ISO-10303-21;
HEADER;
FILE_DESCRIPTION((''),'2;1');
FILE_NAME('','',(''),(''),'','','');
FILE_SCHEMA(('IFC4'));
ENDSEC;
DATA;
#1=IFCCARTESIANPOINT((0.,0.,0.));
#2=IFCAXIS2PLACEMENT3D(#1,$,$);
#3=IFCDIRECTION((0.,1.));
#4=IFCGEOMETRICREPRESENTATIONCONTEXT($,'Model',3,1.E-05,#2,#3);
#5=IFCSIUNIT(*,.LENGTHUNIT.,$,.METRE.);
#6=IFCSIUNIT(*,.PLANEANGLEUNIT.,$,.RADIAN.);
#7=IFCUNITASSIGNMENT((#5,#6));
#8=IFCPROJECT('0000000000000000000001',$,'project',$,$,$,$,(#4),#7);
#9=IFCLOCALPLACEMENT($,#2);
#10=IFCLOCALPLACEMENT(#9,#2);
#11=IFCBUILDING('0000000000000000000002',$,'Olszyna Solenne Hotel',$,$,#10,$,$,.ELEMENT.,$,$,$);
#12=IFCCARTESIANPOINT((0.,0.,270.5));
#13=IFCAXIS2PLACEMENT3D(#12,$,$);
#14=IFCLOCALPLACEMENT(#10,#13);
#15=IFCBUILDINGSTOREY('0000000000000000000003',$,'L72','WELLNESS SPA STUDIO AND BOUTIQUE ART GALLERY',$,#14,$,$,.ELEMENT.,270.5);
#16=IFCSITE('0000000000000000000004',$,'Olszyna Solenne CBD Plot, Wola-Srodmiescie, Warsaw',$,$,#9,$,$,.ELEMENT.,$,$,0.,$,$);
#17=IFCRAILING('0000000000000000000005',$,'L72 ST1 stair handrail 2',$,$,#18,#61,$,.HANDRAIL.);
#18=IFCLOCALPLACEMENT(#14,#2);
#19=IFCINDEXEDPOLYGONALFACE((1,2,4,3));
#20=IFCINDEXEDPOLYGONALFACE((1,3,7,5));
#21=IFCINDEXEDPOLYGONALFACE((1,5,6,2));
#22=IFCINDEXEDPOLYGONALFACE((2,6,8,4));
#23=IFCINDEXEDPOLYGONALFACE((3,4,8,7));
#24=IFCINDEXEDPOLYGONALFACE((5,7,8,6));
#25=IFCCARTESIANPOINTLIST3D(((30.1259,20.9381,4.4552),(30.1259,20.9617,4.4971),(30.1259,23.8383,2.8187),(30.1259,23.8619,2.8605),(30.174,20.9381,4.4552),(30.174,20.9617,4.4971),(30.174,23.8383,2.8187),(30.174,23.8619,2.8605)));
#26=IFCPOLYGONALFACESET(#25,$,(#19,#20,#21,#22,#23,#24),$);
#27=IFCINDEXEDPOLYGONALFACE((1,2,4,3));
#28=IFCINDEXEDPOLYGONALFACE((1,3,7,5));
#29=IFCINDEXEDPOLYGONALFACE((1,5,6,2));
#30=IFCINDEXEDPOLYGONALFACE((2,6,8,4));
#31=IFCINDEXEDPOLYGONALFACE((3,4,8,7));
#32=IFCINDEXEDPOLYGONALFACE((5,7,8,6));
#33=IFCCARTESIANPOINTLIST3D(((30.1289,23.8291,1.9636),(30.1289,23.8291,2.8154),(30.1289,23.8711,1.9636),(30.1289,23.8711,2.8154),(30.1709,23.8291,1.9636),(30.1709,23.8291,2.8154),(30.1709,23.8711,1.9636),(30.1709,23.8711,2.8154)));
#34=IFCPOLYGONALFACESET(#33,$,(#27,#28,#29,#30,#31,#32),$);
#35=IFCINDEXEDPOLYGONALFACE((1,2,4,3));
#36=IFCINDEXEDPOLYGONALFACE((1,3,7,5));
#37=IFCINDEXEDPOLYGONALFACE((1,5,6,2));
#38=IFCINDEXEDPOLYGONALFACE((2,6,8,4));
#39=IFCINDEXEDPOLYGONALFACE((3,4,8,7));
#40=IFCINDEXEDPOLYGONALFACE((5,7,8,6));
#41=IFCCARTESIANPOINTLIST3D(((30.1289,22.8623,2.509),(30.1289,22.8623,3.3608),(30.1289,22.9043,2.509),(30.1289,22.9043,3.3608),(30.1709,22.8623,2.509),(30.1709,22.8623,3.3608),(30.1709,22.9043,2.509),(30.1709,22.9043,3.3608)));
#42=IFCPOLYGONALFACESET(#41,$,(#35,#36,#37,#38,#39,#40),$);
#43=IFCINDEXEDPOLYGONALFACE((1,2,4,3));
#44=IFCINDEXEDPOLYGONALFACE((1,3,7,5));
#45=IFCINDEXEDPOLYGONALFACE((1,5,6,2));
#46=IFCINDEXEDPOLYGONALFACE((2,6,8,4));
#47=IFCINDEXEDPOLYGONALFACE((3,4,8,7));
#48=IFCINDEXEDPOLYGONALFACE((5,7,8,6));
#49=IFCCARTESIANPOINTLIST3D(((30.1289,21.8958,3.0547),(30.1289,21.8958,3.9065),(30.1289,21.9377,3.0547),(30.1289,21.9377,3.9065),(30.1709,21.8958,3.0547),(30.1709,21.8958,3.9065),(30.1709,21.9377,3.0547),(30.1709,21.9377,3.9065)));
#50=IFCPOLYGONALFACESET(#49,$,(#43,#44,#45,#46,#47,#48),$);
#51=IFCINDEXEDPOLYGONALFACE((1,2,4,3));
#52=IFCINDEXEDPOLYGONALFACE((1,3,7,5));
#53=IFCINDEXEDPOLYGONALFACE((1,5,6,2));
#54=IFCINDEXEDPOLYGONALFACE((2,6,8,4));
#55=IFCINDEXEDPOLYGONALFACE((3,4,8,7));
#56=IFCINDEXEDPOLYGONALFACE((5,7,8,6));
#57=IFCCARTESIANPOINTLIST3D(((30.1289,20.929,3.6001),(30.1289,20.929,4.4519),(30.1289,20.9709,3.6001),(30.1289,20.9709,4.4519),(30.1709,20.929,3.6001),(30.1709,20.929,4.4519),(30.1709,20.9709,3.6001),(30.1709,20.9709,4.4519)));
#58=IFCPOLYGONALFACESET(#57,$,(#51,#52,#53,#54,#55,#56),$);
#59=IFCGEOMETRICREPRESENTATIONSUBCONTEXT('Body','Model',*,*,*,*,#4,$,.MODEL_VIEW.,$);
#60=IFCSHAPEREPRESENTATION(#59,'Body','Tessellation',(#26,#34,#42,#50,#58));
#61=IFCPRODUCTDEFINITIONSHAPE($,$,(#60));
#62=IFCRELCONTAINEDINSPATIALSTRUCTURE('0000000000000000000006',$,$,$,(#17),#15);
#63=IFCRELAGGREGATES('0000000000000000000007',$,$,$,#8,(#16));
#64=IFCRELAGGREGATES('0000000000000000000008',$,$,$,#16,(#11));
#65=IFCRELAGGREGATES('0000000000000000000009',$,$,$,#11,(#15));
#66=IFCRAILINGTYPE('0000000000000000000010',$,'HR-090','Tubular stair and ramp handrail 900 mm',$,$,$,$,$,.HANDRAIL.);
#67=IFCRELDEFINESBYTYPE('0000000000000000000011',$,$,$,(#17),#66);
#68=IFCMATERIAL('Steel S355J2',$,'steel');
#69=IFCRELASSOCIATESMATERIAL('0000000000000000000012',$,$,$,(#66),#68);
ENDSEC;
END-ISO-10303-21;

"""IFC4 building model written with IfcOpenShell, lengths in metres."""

from ifc_helpers import new_model, si_unit, direction, frame, origin, origin_2d, place, context, subcontext, project, spatial, rectangle, extrude, material, type_object, element, save


model = new_model("IFC4")

# Units and contexts
model_context = context("Model", 3, precision=1e-05, world=origin(), true_north=direction((0.0, 1.0)))
body_context = subcontext(model_context, "Body", "Model", "MODEL_VIEW")
ifc_project = project(units=[si_unit("LENGTHUNIT", "METRE"), si_unit("PLANEANGLEUNIT", "RADIAN")], contexts=[model_context])

# Site, building, storey
site_placement = place(None, origin())
site = spatial("IfcSite", under=ifc_project, at=site_placement, Name="Olszyna Solenne CBD Plot, Wola-Srodmiescie, Warsaw", CompositionType="ELEMENT", RefElevation=0.0)
building_placement = place(site_placement, origin())
building = spatial("IfcBuilding", under=site, at=building_placement, Name="Olszyna Solenne Hotel", CompositionType="ELEMENT")
storey_placement = place(building_placement, frame((0.0, 0.0, 270.5)))
storey = spatial("IfcBuildingStorey", under=building, at=storey_placement, Name="L72", Description="WELLNESS SPA STUDIO AND BOUTIQUE ART GALLERY", CompositionType="ELEMENT", Elevation=270.5)

# Shared definitions
ifc_material_1 = material(Name="Steel S355J2", Category="steel")

# Railing
railing_type_1 = type_object("IfcRailingType", Name="HR-090", Description="Tubular stair and ramp handrail 900 mm", PredefinedType="HANDRAIL", material=ifc_material_1)
railing_1_placement = place(storey_placement, frame((30.1499, 23.8501, 1.9636)))
element("IfcRailing", 1, at=railing_1_placement, inside=storey, type_object=railing_type_1, Name="L72 ST1 stair handrail 2", PredefinedType="HANDRAIL", context=body_context, shape_type="SweptSolid", body=[
    extrude(rectangle(XDim=0.0481, YDim=0.0481, at=origin_2d()), frame((0.0, 0.0, 0.876), z_axis=(0.0, -0.870915, 0.491434), x_axis=(1.0, 0.0, 0.0)), (0.0, 0.0, 1.0), 3.3301),
    extrude(rectangle(XDim=0.042, YDim=0.042, at=origin_2d()), origin(), (0.0, 0.0, 1.0), 0.8518),
    extrude(rectangle(XDim=0.042, YDim=0.042, at=origin_2d()), frame((0.0, -0.9668, 0.5454)), (0.0, 0.0, 1.0), 0.8518),
    extrude(rectangle(XDim=0.042, YDim=0.042, at=origin_2d()), frame((0.0, -1.9333, 1.0911)), (0.0, 0.0, 1.0), 0.8518),
    extrude(rectangle(XDim=0.042, YDim=0.042, at=origin_2d()), frame((0.0, -2.9001, 1.6365)), (0.0, 0.0, 1.0), 0.8518),
])

save(model, "model.ifc")
